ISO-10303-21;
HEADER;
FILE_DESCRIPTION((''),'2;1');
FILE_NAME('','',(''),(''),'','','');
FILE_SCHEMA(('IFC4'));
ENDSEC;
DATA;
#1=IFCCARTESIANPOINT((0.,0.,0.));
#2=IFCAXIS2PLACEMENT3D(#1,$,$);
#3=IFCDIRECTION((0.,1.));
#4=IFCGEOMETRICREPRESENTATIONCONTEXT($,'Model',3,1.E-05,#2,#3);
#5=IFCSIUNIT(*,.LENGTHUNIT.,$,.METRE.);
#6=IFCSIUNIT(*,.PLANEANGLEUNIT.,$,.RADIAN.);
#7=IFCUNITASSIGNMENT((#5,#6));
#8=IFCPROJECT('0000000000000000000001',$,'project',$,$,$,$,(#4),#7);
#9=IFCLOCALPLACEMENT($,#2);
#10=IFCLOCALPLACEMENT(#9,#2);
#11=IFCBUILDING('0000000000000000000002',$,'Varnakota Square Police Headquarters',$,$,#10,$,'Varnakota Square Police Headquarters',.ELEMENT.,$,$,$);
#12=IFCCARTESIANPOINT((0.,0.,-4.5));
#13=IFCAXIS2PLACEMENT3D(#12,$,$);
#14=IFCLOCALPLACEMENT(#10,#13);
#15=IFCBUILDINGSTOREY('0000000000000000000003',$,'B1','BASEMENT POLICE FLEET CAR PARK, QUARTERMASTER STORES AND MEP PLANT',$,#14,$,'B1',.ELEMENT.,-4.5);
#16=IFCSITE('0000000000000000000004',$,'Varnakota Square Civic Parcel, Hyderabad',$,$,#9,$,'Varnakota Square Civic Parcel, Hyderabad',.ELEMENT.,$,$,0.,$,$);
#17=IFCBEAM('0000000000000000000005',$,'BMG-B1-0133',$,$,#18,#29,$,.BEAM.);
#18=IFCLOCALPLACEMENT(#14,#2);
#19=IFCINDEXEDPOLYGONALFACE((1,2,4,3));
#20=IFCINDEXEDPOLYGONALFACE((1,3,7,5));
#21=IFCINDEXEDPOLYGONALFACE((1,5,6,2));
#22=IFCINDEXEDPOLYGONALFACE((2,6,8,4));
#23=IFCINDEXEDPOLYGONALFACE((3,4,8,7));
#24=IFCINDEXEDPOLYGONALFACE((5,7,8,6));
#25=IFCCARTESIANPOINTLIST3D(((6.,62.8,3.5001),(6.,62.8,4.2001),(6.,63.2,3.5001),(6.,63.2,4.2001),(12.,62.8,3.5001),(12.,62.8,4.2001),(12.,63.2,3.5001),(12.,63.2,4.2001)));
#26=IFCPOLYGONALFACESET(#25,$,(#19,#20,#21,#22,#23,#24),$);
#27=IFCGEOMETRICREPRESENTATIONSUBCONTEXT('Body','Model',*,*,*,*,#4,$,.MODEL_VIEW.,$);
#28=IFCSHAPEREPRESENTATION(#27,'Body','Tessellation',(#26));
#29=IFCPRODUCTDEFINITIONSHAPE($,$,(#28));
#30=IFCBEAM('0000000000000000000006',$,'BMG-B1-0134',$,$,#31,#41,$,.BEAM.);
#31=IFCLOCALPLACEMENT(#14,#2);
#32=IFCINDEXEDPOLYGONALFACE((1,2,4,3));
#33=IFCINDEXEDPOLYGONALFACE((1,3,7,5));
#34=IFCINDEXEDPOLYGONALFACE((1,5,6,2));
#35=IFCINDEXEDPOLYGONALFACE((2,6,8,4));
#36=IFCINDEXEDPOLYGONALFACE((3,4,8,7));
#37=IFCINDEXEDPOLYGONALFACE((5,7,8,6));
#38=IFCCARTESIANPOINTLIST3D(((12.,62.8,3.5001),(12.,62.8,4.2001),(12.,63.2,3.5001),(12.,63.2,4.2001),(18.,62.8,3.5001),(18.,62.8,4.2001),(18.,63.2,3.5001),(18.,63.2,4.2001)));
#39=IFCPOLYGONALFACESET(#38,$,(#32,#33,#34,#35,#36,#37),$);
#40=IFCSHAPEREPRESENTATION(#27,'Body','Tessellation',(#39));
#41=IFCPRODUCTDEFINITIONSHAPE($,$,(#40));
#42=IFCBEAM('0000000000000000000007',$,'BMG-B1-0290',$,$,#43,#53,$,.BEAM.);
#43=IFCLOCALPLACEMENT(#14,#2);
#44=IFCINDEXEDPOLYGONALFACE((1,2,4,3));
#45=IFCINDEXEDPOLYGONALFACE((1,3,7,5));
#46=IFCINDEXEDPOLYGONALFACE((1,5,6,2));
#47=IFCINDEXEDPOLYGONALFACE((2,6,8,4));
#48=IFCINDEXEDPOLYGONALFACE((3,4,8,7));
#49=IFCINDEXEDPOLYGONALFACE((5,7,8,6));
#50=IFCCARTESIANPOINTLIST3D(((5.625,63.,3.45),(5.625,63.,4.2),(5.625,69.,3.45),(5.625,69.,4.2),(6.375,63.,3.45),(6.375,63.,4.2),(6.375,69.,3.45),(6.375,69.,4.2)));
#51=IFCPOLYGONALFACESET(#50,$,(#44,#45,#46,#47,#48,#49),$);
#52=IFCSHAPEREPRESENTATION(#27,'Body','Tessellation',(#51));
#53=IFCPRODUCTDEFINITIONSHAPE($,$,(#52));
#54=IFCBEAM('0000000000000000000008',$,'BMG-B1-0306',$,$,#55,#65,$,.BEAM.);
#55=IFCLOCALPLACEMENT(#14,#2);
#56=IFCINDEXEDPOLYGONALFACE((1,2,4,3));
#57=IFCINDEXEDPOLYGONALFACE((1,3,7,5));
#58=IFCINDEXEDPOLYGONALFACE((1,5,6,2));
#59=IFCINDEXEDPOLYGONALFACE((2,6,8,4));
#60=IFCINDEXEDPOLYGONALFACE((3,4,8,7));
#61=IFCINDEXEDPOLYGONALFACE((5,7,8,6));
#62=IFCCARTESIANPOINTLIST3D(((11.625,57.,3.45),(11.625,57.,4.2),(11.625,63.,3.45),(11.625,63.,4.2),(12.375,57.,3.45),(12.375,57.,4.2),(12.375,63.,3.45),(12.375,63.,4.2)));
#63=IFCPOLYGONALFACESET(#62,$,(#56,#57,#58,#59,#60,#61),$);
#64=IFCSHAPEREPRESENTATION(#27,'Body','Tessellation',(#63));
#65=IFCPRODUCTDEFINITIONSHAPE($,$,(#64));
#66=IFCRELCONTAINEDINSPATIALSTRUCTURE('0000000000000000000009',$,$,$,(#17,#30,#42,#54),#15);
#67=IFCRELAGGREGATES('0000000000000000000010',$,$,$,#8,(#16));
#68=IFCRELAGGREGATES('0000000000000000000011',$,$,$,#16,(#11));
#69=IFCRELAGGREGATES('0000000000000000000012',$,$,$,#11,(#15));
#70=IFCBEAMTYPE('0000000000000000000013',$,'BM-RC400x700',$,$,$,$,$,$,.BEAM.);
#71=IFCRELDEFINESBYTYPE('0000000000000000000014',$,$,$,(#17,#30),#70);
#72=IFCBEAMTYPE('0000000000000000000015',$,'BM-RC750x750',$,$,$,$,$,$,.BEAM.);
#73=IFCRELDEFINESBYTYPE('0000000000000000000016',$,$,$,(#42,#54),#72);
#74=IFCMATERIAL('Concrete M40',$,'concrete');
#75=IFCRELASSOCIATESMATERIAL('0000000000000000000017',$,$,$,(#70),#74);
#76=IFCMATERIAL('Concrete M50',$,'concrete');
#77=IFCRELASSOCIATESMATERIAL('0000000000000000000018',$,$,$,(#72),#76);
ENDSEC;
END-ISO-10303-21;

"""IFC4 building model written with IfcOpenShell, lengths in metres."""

from ifc_helpers import new_model, si_unit, direction, frame, origin, origin_2d, place, context, subcontext, project, spatial, rectangle, extrude, material, material_profile, profile_set, type_object, element, save


model = new_model("IFC4")

# Units and contexts
model_context = context("Model", 3, precision=1e-05, world=origin(), true_north=direction((0.0, 1.0)))
body_context = subcontext(model_context, "Body", "Model", "MODEL_VIEW")
ifc_project = project(units=[si_unit("LENGTHUNIT", "METRE"), si_unit("PLANEANGLEUNIT", "RADIAN")], contexts=[model_context])

# Site, building, storey
site_placement = place(None, origin())
site = spatial("IfcSite", under=ifc_project, at=site_placement, Name="Varnakota Square Civic Parcel, Hyderabad", LongName="Varnakota Square Civic Parcel, Hyderabad", CompositionType="ELEMENT", RefElevation=0.0)
building_placement = place(site_placement, origin())
building = spatial("IfcBuilding", under=site, at=building_placement, Name="Varnakota Square Police Headquarters", LongName="Varnakota Square Police Headquarters", CompositionType="ELEMENT")
storey_placement = place(building_placement, frame((0.0, 0.0, -4.5)))
storey = spatial("IfcBuildingStorey", under=building, at=storey_placement, Name="B1", Description="BASEMENT POLICE FLEET CAR PARK, QUARTERMASTER STORES AND MEP PLANT", LongName="B1", CompositionType="ELEMENT", Elevation=-4.5)

# Shared definitions
ifc_material_1 = material(Name="Concrete M40", Category="concrete")
ifc_material_2 = material(Name="Concrete M50", Category="concrete")

# Beams
ifc_material_profile_1 = material_profile(ifc_material_1, rectangle(XDim=0.3999, YDim=0.7, at=origin_2d()), Name="RC 400x700")
ifc_profile_set_1 = profile_set([ifc_material_profile_1], Name="Concrete M40")
beam_type_1 = type_object("IfcBeamType", Name="BM-RC400x700", PredefinedType="BEAM", material=ifc_profile_set_1)
for number, where, z_axis, x_axis, name in (
    (1, (6.0, 63.0, 3.8501), (1.0, 0.0, 0.0), (0.0, 1.0, 0.0), "BMG-B1-0133"),
    (2, (12.0, 63.0, 3.8501), (1.0, 0.0, 0.0), (0.0, 1.0, 0.0), "BMG-B1-0134"),
):
    element("IfcBeam", number, at=place(storey_placement, frame(where, z_axis=z_axis, x_axis=x_axis)), inside=storey, type_object=beam_type_1, Name=name, PredefinedType="BEAM", context=body_context, shape_type="SweptSolid", body=[
        extrude(rectangle(XDim=0.3999, YDim=0.7, at=origin_2d()), origin(), (0.0, 0.0, 1.0), 6.0),
    ])
ifc_material_profile_2 = material_profile(ifc_material_2, rectangle(XDim=0.75, YDim=0.75, at=origin_2d()), Name="RC 750x750")
ifc_profile_set_2 = profile_set([ifc_material_profile_2], Name="Concrete M50")
beam_type_2 = type_object("IfcBeamType", Name="BM-RC750x750", PredefinedType="BEAM", material=ifc_profile_set_2)
for number, where, z_axis, x_axis, name in (
    (3, (6.0, 63.0, 3.825), (0.0, 1.0, 0.0), (-1.0, 0.0, 0.0), "BMG-B1-0290"),
    (4, (12.0, 57.0, 3.825), (0.0, 1.0, 0.0), (-1.0, 0.0, 0.0), "BMG-B1-0306"),
):
    element("IfcBeam", number, at=place(storey_placement, frame(where, z_axis=z_axis, x_axis=x_axis)), inside=storey, type_object=beam_type_2, Name=name, PredefinedType="BEAM", context=body_context, shape_type="SweptSolid", body=[
        extrude(rectangle(XDim=0.75, YDim=0.75, at=origin_2d()), origin(), (0.0, 0.0, 1.0), 6.0),
    ])

save(model, "model.ifc")
